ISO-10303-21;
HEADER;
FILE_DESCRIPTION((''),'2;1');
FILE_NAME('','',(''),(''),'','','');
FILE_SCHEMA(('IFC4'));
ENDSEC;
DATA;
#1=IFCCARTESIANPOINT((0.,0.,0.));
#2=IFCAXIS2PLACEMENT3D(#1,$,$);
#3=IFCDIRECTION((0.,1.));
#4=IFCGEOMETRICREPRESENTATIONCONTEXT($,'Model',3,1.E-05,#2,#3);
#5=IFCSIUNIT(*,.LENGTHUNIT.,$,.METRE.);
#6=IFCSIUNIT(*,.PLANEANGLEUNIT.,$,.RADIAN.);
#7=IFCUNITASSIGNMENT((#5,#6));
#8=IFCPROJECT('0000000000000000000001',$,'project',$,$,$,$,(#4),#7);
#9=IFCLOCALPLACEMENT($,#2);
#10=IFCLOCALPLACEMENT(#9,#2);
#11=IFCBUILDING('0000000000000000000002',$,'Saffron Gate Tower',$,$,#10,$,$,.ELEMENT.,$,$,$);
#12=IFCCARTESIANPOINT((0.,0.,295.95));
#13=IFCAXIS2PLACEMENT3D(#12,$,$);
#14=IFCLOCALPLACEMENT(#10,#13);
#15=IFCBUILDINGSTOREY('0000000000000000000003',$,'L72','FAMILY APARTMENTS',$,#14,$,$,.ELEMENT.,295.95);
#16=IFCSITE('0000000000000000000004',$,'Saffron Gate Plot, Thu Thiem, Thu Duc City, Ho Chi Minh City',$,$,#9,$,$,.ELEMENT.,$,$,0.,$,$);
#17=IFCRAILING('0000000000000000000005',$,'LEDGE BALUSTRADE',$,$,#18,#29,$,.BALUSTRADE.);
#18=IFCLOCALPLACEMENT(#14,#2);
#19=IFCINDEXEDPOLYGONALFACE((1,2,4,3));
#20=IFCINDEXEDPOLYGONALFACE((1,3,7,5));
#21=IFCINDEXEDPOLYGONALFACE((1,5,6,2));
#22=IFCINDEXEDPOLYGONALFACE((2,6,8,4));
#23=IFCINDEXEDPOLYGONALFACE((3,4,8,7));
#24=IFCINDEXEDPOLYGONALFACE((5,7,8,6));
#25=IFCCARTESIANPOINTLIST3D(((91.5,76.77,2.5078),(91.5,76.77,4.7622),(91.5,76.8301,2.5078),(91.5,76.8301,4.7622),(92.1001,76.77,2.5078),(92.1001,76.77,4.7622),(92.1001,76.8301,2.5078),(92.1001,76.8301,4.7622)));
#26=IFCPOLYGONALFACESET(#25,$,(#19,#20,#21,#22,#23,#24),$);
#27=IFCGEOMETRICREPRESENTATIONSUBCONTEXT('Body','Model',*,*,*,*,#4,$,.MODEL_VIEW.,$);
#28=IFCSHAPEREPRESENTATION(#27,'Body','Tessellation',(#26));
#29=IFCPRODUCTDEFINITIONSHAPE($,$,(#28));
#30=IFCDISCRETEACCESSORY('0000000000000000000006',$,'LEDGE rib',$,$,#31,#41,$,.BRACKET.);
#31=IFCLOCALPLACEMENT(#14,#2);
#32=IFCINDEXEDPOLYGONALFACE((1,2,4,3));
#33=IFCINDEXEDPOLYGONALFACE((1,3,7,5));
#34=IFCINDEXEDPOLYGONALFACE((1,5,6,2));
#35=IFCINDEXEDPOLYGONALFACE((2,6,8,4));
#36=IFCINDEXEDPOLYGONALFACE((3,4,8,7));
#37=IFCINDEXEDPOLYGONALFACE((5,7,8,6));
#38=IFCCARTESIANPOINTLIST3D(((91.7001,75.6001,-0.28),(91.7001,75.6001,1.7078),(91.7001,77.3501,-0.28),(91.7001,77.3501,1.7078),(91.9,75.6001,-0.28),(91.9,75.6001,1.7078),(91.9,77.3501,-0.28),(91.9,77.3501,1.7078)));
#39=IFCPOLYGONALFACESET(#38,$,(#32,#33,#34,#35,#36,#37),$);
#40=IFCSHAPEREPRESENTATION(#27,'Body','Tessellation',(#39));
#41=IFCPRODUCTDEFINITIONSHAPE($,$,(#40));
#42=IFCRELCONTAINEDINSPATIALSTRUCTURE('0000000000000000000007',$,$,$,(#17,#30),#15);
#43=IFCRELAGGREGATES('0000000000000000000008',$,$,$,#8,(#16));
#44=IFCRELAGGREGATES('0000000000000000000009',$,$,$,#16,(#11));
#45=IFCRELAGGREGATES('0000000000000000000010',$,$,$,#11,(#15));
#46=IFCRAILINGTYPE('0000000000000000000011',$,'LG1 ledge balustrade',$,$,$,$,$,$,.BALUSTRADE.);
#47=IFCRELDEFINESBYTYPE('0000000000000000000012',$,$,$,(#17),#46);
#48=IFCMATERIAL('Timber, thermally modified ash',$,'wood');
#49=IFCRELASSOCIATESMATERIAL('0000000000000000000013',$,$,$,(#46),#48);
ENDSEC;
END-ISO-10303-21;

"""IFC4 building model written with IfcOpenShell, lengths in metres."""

from ifc_helpers import new_model, si_unit, direction, frame, origin, origin_2d, place, context, subcontext, project, spatial, rectangle, extrude, material, type_object, element, save


model = new_model("IFC4")

# Units and contexts
model_context = context("Model", 3, precision=1e-05, world=origin(), true_north=direction((0.0, 1.0)))
body_context = subcontext(model_context, "Body", "Model", "MODEL_VIEW")
ifc_project = project(units=[si_unit("LENGTHUNIT", "METRE"), si_unit("PLANEANGLEUNIT", "RADIAN")], contexts=[model_context])

# Site, building, storey
site_placement = place(None, origin())
site = spatial("IfcSite", under=ifc_project, at=site_placement, Name="Saffron Gate Plot, Thu Thiem, Thu Duc City, Ho Chi Minh City", CompositionType="ELEMENT", RefElevation=0.0)
building_placement = place(site_placement, origin())
building = spatial("IfcBuilding", under=site, at=building_placement, Name="Saffron Gate Tower", CompositionType="ELEMENT")
storey_placement = place(building_placement, frame((0.0, 0.0, 295.95)))
storey = spatial("IfcBuildingStorey", under=building, at=storey_placement, Name="L72", Description="FAMILY APARTMENTS", CompositionType="ELEMENT", Elevation=295.95)

# Shared definitions
ifc_material_1 = material(Name="Timber, thermally modified ash", Category="wood")

# Railing
railing_type_1 = type_object("IfcRailingType", Name="LG1 ledge balustrade", PredefinedType="BALUSTRADE", material=ifc_material_1)
railing_1_placement = place(storey_placement, frame((92.1001, 76.8, 2.5078)))
element("IfcRailing", 1, at=railing_1_placement, inside=storey, type_object=railing_type_1, Name="LEDGE BALUSTRADE", PredefinedType="BALUSTRADE", context=body_context, shape_type="SweptSolid", body=[
    extrude(rectangle(XDim=0.0601, YDim=2.2544, at=origin_2d()), frame((0.0, 0.0, 1.1272), z_axis=(-1.0, 0.0, 0.0), x_axis=(0.0, -1.0, 0.0)), (0.0, 0.0, 1.0), 0.6001),
])

# Discrete accessory
discrete_accessory_placement = place(storey_placement, frame((91.8, 76.4751, -0.28), z_axis=(0.0, 0.0, 1.0), x_axis=(-1.0, 0.0, 0.0)))
element("IfcDiscreteAccessory", 2, at=discrete_accessory_placement, inside=storey, Name="LEDGE rib", PredefinedType="BRACKET", context=body_context, shape_type="SweptSolid", body=[
    extrude(rectangle(XDim=0.2, YDim=1.75, at=origin_2d()), origin(), (0.0, 0.0, 1.0), 1.9878),
])

save(model, "model.ifc")
